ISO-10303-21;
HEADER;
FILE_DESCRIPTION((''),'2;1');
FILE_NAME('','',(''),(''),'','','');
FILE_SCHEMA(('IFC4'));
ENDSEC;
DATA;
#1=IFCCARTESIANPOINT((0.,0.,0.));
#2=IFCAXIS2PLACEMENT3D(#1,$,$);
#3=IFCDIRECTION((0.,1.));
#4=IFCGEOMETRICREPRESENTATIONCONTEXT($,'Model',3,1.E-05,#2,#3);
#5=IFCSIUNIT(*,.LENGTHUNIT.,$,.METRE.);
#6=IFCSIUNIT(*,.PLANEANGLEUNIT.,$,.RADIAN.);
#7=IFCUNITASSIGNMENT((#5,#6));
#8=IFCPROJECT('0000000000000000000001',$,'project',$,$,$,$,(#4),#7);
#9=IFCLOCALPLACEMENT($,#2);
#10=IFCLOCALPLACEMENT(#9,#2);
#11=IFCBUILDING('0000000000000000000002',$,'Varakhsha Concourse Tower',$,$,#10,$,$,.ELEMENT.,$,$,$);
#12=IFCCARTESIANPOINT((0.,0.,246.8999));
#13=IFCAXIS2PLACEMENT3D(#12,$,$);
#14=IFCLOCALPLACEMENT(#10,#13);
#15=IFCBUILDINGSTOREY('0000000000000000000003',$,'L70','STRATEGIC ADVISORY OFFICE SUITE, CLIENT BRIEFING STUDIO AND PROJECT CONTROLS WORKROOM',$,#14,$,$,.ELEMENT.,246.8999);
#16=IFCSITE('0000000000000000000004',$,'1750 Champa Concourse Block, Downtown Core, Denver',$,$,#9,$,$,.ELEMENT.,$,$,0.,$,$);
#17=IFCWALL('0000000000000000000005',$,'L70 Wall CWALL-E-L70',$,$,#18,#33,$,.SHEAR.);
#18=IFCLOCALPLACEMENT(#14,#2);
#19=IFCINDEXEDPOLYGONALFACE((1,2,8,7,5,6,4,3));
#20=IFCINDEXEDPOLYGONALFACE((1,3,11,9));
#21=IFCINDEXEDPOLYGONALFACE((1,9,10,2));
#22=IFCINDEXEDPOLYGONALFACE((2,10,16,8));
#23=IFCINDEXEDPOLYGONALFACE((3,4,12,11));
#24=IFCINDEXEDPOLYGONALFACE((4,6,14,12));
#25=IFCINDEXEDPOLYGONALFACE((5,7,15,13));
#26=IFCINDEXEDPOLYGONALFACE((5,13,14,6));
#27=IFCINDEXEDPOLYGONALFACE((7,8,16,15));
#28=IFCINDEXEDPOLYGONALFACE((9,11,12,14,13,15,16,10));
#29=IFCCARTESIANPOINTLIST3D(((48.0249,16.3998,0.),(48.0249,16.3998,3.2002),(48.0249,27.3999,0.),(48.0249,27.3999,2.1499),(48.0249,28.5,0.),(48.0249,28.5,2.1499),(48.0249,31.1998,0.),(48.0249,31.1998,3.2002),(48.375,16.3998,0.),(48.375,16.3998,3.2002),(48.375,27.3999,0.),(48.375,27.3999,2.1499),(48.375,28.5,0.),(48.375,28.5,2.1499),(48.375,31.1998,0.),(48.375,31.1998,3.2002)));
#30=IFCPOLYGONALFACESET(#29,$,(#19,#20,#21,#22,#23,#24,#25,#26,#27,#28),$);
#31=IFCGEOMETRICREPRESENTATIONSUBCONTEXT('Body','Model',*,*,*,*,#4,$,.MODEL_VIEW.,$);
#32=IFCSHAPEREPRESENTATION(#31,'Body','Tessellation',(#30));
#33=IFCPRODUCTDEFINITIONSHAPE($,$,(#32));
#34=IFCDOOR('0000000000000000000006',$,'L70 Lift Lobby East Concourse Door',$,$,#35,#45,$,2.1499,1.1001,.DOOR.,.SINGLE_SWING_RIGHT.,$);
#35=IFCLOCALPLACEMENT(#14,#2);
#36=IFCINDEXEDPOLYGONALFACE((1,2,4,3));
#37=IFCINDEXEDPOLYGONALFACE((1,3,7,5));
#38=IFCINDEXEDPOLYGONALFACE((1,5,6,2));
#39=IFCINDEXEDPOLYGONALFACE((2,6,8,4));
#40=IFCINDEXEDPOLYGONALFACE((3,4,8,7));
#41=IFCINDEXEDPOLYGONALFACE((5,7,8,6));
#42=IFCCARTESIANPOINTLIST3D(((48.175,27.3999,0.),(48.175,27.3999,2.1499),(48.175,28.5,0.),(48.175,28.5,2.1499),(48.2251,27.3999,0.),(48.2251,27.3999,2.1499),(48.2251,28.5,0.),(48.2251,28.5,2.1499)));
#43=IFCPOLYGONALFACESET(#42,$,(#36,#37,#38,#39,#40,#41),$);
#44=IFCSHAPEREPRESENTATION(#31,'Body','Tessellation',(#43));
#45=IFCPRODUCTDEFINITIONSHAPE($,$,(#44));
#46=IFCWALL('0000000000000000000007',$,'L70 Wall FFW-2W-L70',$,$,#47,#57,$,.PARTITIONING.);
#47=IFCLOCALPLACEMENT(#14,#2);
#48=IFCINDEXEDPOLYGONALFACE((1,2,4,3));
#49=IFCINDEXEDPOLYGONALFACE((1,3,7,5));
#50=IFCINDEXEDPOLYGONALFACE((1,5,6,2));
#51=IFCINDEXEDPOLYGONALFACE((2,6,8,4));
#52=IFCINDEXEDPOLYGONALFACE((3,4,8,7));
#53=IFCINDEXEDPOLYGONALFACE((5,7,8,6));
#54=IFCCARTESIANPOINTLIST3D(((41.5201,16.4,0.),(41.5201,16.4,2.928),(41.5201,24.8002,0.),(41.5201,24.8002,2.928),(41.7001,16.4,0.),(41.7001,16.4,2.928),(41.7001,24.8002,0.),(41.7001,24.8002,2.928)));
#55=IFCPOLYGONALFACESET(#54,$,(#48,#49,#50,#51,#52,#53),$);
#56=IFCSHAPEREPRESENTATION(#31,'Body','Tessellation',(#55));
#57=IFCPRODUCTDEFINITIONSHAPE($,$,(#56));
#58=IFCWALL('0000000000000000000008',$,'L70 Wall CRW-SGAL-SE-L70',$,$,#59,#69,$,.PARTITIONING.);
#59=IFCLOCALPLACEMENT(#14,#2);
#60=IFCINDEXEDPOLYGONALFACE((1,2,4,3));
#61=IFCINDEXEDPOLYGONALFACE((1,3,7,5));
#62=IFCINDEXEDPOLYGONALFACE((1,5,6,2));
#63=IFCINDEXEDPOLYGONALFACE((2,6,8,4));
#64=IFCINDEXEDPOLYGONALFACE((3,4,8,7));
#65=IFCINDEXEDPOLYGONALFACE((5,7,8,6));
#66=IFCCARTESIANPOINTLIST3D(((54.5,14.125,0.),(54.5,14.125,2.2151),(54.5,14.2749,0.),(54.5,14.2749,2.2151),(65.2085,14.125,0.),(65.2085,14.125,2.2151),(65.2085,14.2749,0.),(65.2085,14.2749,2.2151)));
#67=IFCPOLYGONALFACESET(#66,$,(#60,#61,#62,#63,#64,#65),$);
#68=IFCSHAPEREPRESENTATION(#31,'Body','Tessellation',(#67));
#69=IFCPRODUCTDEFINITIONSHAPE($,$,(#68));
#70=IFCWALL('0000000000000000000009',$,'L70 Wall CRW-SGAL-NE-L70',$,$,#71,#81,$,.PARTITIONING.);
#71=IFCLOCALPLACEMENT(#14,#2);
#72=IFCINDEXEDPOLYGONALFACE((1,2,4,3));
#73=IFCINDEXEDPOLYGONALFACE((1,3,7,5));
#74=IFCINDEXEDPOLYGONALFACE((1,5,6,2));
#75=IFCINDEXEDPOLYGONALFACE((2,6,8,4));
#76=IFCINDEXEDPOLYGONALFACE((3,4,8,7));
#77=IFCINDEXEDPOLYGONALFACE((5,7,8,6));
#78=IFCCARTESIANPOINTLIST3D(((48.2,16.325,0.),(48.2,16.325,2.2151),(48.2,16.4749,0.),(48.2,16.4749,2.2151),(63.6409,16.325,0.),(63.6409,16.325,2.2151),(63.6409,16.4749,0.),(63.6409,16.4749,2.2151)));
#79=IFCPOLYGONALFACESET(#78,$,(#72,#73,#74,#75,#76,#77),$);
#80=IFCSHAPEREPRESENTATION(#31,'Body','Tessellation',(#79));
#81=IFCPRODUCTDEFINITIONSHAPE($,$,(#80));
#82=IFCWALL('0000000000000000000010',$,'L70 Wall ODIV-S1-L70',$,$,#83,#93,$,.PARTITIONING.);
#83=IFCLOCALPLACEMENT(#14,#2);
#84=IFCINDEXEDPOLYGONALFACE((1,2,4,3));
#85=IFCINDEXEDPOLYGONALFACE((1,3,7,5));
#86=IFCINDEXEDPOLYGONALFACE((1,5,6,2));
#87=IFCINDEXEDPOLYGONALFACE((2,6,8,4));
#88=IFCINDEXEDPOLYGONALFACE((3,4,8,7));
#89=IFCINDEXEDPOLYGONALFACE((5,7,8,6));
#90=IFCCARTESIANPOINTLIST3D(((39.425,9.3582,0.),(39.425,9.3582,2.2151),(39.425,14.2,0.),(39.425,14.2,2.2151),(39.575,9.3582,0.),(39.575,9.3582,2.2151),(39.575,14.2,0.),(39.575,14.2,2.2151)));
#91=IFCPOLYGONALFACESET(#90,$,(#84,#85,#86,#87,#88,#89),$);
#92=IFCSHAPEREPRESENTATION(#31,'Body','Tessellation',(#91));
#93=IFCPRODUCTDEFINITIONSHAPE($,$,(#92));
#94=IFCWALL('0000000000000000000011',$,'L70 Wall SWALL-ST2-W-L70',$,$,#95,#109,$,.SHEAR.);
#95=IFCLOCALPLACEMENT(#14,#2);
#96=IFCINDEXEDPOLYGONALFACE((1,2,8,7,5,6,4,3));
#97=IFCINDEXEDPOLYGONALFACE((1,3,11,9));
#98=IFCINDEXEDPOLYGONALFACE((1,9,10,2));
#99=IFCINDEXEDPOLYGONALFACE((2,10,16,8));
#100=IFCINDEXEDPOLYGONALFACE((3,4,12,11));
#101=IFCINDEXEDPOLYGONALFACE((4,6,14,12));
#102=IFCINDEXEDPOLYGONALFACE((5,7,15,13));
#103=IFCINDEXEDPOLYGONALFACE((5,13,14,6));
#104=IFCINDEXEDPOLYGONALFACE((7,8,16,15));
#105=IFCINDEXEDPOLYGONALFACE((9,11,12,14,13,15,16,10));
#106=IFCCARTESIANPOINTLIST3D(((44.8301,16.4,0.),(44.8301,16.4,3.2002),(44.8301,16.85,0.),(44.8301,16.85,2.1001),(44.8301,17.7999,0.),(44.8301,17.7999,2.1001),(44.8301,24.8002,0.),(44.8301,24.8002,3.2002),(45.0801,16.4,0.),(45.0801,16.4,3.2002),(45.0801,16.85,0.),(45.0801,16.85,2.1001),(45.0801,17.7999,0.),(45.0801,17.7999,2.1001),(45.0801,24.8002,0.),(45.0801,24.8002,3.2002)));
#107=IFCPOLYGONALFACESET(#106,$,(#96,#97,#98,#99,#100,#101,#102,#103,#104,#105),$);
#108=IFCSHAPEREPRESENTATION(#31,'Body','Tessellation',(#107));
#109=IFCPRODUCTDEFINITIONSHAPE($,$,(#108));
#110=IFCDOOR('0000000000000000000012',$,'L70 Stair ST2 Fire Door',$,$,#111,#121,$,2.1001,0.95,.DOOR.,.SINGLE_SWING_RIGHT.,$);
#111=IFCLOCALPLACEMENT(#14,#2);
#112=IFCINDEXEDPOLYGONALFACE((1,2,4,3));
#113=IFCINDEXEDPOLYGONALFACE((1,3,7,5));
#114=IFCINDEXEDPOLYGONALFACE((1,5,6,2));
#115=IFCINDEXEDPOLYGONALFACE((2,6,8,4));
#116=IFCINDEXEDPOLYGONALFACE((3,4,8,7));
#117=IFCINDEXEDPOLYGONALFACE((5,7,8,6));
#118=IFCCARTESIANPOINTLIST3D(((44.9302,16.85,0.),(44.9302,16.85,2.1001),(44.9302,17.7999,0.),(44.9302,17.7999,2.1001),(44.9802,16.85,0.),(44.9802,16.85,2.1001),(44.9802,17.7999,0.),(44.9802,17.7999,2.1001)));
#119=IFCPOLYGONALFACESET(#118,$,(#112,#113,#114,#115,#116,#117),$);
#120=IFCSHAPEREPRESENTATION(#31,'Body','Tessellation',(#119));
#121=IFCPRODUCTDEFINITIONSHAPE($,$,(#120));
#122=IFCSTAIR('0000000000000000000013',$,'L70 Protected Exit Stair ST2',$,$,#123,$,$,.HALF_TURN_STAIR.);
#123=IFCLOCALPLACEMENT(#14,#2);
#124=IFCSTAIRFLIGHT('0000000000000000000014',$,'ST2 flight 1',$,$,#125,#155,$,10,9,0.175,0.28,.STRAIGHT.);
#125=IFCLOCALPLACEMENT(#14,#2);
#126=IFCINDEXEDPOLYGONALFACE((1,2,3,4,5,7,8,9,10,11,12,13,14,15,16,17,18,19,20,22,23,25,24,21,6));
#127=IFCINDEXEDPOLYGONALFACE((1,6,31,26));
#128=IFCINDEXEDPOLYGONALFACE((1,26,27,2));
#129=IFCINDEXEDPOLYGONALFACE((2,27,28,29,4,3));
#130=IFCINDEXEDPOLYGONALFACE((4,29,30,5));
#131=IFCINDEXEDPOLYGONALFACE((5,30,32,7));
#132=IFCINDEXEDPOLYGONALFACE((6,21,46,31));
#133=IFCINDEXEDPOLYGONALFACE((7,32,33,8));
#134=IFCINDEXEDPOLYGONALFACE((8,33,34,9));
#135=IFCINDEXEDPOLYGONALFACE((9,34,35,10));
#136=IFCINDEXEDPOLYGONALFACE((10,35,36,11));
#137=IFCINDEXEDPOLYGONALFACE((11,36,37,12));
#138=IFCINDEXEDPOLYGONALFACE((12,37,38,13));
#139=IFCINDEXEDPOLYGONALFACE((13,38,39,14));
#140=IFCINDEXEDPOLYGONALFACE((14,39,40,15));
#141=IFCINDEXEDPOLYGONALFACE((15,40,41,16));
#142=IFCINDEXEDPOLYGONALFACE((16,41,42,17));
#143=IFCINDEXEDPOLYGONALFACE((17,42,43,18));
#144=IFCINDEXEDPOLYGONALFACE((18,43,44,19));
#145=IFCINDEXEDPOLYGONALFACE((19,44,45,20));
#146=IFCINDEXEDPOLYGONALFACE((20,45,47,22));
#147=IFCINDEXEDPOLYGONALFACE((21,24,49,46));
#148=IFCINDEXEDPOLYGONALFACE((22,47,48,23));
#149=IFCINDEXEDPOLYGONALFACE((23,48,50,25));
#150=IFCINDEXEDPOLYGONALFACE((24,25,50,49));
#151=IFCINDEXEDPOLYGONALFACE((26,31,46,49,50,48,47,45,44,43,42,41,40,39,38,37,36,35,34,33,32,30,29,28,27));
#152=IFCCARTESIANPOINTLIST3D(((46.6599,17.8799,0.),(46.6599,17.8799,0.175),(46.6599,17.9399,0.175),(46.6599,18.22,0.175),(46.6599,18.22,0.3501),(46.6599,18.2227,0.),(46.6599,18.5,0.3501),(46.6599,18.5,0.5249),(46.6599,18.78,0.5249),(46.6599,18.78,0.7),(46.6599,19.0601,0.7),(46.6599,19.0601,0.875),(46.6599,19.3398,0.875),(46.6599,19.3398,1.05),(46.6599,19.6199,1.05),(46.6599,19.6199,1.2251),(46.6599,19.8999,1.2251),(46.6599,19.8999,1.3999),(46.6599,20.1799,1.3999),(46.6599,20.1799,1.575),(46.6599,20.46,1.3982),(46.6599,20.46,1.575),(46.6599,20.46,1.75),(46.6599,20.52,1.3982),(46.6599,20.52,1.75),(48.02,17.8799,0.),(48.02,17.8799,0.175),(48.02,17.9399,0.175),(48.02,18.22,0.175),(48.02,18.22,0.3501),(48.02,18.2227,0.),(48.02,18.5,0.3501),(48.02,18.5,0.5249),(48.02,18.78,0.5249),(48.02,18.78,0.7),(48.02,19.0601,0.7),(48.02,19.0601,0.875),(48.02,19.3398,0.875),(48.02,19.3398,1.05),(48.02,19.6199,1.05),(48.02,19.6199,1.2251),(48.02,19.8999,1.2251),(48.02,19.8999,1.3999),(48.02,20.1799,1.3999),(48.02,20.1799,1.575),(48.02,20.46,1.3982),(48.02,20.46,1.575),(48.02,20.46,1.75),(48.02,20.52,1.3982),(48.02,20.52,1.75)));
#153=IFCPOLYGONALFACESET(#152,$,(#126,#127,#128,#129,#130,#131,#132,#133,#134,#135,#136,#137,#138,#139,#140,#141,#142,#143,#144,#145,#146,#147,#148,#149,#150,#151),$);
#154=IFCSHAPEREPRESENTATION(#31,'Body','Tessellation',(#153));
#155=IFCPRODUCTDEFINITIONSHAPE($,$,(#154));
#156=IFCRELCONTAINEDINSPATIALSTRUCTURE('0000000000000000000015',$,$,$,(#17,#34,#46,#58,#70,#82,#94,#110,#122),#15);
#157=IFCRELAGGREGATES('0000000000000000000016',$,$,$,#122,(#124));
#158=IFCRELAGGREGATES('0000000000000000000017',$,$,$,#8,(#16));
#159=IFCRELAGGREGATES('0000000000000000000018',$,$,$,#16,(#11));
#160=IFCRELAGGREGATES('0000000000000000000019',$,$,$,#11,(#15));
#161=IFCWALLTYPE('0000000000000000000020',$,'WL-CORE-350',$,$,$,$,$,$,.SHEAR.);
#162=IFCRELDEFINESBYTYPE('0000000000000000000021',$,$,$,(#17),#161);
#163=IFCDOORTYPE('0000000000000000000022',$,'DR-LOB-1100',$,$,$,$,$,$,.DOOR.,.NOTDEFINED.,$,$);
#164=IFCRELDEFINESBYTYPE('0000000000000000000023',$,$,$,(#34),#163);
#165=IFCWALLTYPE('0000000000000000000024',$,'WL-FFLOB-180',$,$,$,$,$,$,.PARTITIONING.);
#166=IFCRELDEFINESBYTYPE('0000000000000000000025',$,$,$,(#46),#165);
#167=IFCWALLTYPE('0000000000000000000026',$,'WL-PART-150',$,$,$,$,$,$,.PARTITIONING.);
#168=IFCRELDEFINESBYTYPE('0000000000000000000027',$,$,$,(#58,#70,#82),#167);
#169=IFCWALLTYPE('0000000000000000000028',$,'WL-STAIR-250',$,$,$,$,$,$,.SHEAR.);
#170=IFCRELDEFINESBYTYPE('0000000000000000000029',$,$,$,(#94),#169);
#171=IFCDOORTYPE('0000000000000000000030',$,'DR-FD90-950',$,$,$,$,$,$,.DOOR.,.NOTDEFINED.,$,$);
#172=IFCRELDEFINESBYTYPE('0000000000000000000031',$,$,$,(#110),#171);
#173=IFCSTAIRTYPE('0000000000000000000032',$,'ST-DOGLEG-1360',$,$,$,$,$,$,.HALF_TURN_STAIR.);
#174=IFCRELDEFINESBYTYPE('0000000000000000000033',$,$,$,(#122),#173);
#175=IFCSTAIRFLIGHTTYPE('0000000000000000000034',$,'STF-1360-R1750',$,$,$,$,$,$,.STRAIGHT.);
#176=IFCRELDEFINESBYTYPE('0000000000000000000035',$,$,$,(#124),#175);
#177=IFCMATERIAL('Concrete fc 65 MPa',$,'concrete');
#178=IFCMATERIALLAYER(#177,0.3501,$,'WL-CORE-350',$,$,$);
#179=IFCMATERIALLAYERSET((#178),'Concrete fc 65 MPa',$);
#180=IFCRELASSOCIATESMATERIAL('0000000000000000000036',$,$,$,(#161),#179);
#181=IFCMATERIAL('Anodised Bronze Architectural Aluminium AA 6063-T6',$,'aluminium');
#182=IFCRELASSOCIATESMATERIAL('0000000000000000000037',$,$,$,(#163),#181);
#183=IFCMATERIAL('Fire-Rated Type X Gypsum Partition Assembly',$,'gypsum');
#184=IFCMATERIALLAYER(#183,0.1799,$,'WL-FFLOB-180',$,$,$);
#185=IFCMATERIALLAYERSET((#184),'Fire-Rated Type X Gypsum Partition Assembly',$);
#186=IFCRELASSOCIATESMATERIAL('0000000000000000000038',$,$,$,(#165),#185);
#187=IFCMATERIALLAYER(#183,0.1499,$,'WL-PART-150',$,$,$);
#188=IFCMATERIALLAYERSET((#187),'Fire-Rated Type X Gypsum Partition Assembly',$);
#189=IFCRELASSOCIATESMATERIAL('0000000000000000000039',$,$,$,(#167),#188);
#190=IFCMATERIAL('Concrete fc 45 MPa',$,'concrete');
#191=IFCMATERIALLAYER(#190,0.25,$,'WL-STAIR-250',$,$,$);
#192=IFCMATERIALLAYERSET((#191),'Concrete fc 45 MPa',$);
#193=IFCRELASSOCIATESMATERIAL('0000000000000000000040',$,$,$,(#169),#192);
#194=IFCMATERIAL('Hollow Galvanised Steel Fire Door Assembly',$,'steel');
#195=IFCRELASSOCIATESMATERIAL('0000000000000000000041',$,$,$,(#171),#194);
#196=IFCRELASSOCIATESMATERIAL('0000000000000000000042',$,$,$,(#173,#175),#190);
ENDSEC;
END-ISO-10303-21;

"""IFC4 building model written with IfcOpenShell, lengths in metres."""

from ifc_helpers import new_model, si_unit, direction, frame, frame_2d, origin, place, context, subcontext, project, spatial, polyline, rectangle, outline, extrude, material, layer, layer_set, type_object, element, fill, aggregate, save


model = new_model("IFC4")

# Units and contexts
model_context = context("Model", 3, precision=1e-05, world=origin(), true_north=direction((0.0, 1.0)))
body_context = subcontext(model_context, "Body", "Model", "MODEL_VIEW")
ifc_project = project(units=[si_unit("LENGTHUNIT", "METRE"), si_unit("PLANEANGLEUNIT", "RADIAN")], contexts=[model_context])

# Site, building, storey
site_placement = place(None, origin())
site = spatial("IfcSite", under=ifc_project, at=site_placement, Name="1750 Champa Concourse Block, Downtown Core, Denver", CompositionType="ELEMENT", RefElevation=0.0)
building_placement = place(site_placement, origin())
building = spatial("IfcBuilding", under=site, at=building_placement, Name="Varakhsha Concourse Tower", CompositionType="ELEMENT")
storey_placement = place(building_placement, frame((0.0, 0.0, 246.8999)))
storey = spatial("IfcBuildingStorey", under=building, at=storey_placement, Name="L70", Description="STRATEGIC ADVISORY OFFICE SUITE, CLIENT BRIEFING STUDIO AND PROJECT CONTROLS WORKROOM", CompositionType="ELEMENT", Elevation=246.8999)

# Shared definitions
ifc_material_1 = material(Name="Concrete fc 65 MPa", Category="concrete")

# Shared definitions
ifc_material_2 = material(Name="Anodised Bronze Architectural Aluminium AA 6063-T6", Category="aluminium")

# Wall, opening, door
ifc_layer_1 = layer(ifc_material_1, 0.3501, Name="WL-CORE-350")
ifc_layer_set_1 = layer_set([ifc_layer_1], Name="Concrete fc 65 MPa")
wall_type_1 = type_object("IfcWallType", Name="WL-CORE-350", PredefinedType="SHEAR", material=ifc_layer_set_1)
wall_1_placement = place(storey_placement, frame((48.2, 16.3999, 0.0), z_axis=(0.0, 0.0, 1.0), x_axis=(0.0, 1.0, 0.0)))
wall_1 = element("IfcWall", 1, at=wall_1_placement, inside=storey, type_object=wall_type_1, Name="L70 Wall CWALL-E-L70", PredefinedType="SHEAR", context=body_context, shape_type="SweptSolid", body=[
    extrude(rectangle(XDim=14.8, YDim=0.3501, at=frame_2d((7.3999, 0.0))), origin(), (0.0, 0.0, 1.0), 3.2002),
])
opening_1_placement = place(wall_1_placement, frame((11.0, 0.0, 0.0)))
opening_1 = element("IfcOpeningElement", 2, at=opening_1_placement, cuts=wall_1, PredefinedType="OPENING", context=body_context, shape_type="SweptSolid", body=[
    extrude(rectangle(XDim=1.1001, YDim=2.1499, at=frame_2d((0.55, 1.075))), frame((0.0, 0.1851, 0.0), z_axis=(0.0, -1.0, 0.0), x_axis=(1.0, 0.0, 0.0)), (0.0, 0.0, 1.0), 0.3701),
])
door_type_1 = type_object("IfcDoorType", Name="DR-LOB-1100", OperationType="NOTDEFINED", PredefinedType="DOOR", material=ifc_material_2)
door_1_placement = place(opening_1_placement, origin())
door_1 = element("IfcDoor", 3, at=door_1_placement, inside=storey, type_object=door_type_1, Name="L70 Lift Lobby East Concourse Door", OperationType="SINGLE_SWING_RIGHT", OverallHeight=2.1499, OverallWidth=1.1001, PredefinedType="DOOR", context=body_context, shape_type="SweptSolid", body=[
    extrude(rectangle(XDim=1.1001, YDim=2.1499, at=frame_2d((0.55, 1.075))), frame((0.0, 0.0249, 0.0), z_axis=(0.0, -1.0, 0.0), x_axis=(1.0, 0.0, 0.0)), (0.0, 0.0, 1.0), 0.05),
])
fill(opening_1, door_1)

# Walls
ifc_material_3 = material(Name="Fire-Rated Type X Gypsum Partition Assembly", Category="gypsum")
ifc_layer_2 = layer(ifc_material_3, 0.1799, Name="WL-FFLOB-180")
ifc_layer_set_2 = layer_set([ifc_layer_2], Name="Fire-Rated Type X Gypsum Partition Assembly")
wall_type_2 = type_object("IfcWallType", Name="WL-FFLOB-180", PredefinedType="PARTITIONING", material=ifc_layer_set_2)
wall_2_placement = place(storey_placement, frame((41.6101, 16.3999, 0.0), z_axis=(0.0, 0.0, 1.0), x_axis=(0.0, 1.0, 0.0)))
element("IfcWall", 4, at=wall_2_placement, inside=storey, type_object=wall_type_2, Name="L70 Wall FFW-2W-L70", PredefinedType="PARTITIONING", context=body_context, shape_type="SweptSolid", body=[
    extrude(rectangle(XDim=8.4001, YDim=0.1799, at=frame_2d((4.2002, 0.0))), origin(), (0.0, 0.0, 1.0), 2.928),
])
ifc_layer_3 = layer(ifc_material_3, 0.1499, Name="WL-PART-150")
ifc_layer_set_3 = layer_set([ifc_layer_3], Name="Fire-Rated Type X Gypsum Partition Assembly")
wall_type_3 = type_object("IfcWallType", Name="WL-PART-150", PredefinedType="PARTITIONING", material=ifc_layer_set_3)
wall_3_placement = place(storey_placement, frame((54.5, 14.2, 0.0), z_axis=(0.0, 0.0, 1.0), x_axis=(1.0, 0.0, 0.0)))
element("IfcWall", 5, at=wall_3_placement, inside=storey, type_object=wall_type_3, Name="L70 Wall CRW-SGAL-SE-L70", PredefinedType="PARTITIONING", context=body_context, shape_type="SweptSolid", body=[
    extrude(rectangle(XDim=10.7085, YDim=0.1499, at=frame_2d((5.3542, 0.0))), origin(), (0.0, 0.0, 1.0), 2.2151),
])
wall_4_placement = place(storey_placement, frame((48.2, 16.3999, 0.0), z_axis=(0.0, 0.0, 1.0), x_axis=(1.0, 0.0, 0.0)))
element("IfcWall", 6, at=wall_4_placement, inside=storey, type_object=wall_type_3, Name="L70 Wall CRW-SGAL-NE-L70", PredefinedType="PARTITIONING", context=body_context, shape_type="SweptSolid", body=[
    extrude(rectangle(XDim=15.4409, YDim=0.1499, at=frame_2d((7.7205, 0.0))), origin(), (0.0, 0.0, 1.0), 2.2151),
])
wall_5_placement = place(storey_placement, frame((39.5, 9.3582, 0.0), z_axis=(0.0, 0.0, 1.0), x_axis=(0.0, 1.0, 0.0)))
element("IfcWall", 7, at=wall_5_placement, inside=storey, type_object=wall_type_3, Name="L70 Wall ODIV-S1-L70", PredefinedType="PARTITIONING", context=body_context, shape_type="SweptSolid", body=[
    extrude(rectangle(XDim=4.8418, YDim=0.1499, at=frame_2d((2.4209, 0.0))), origin(), (0.0, 0.0, 1.0), 2.2151),
])

# Wall, opening, door
ifc_material_4 = material(Name="Concrete fc 45 MPa", Category="concrete")
ifc_layer_4 = layer(ifc_material_4, 0.25, Name="WL-STAIR-250")
ifc_layer_set_4 = layer_set([ifc_layer_4], Name="Concrete fc 45 MPa")
wall_type_4 = type_object("IfcWallType", Name="WL-STAIR-250", PredefinedType="SHEAR", material=ifc_layer_set_4)
wall_6_placement = place(storey_placement, frame((44.9551, 16.3999, 0.0), z_axis=(0.0, 0.0, 1.0), x_axis=(0.0, 1.0, 0.0)))
wall_6 = element("IfcWall", 8, at=wall_6_placement, inside=storey, type_object=wall_type_4, Name="L70 Wall SWALL-ST2-W-L70", PredefinedType="SHEAR", context=body_context, shape_type="SweptSolid", body=[
    extrude(rectangle(XDim=8.4001, YDim=0.25, at=frame_2d((4.2002, 0.0))), origin(), (0.0, 0.0, 1.0), 3.2002),
])
opening_2_placement = place(wall_6_placement, frame((0.45, 0.0, 0.0)))
opening_2 = element("IfcOpeningElement", 9, at=opening_2_placement, cuts=wall_6, PredefinedType="OPENING", context=body_context, shape_type="SweptSolid", body=[
    extrude(rectangle(XDim=0.95, YDim=2.1001, at=frame_2d((0.4751, 1.05))), frame((0.0, 0.135, 0.0), z_axis=(0.0, -1.0, 0.0), x_axis=(1.0, 0.0, 0.0)), (0.0, 0.0, 1.0), 0.27),
])
ifc_material_5 = material(Name="Hollow Galvanised Steel Fire Door Assembly", Category="steel")
door_type_2 = type_object("IfcDoorType", Name="DR-FD90-950", OperationType="NOTDEFINED", PredefinedType="DOOR", material=ifc_material_5)
door_2_placement = place(opening_2_placement, origin())
door_2 = element("IfcDoor", 10, at=door_2_placement, inside=storey, type_object=door_type_2, Name="L70 Stair ST2 Fire Door", OperationType="SINGLE_SWING_RIGHT", OverallHeight=2.1001, OverallWidth=0.95, PredefinedType="DOOR", context=body_context, shape_type="SweptSolid", body=[
    extrude(rectangle(XDim=0.95, YDim=2.1001, at=frame_2d((0.4751, 1.05))), frame((0.0, 0.0249, 0.0), z_axis=(0.0, -1.0, 0.0), x_axis=(1.0, 0.0, 0.0)), (0.0, 0.0, 1.0), 0.05),
])
fill(opening_2, door_2)

# Stair, stair flight
stair_type = type_object("IfcStairType", Name="ST-DOGLEG-1360", PredefinedType="HALF_TURN_STAIR", material=ifc_material_4)
stair_placement = place(storey_placement, origin())
stair = element("IfcStair", 11, at=stair_placement, inside=storey, type_object=stair_type, Name="L70 Protected Exit Stair ST2", PredefinedType="HALF_TURN_STAIR")
stair_flight_type = type_object("IfcStairFlightType", Name="STF-1360-R1750", PredefinedType="STRAIGHT", material=ifc_material_4)
stair_flight_1_placement = place(storey_placement, frame((47.3401, 17.9399, 0.0), z_axis=(0.0, 0.0, 1.0), x_axis=(0.0, 1.0, 0.0)))
stair_flight_1 = element("IfcStairFlight", 12, at=stair_flight_1_placement, type_object=stair_flight_type, Name="ST2 flight 1", NumberOfRisers=10, NumberOfTreads=9, PredefinedType="STRAIGHT", RiserHeight=0.175, TreadLength=0.28, context=body_context, shape_type="SweptSolid", body=[
    extrude(outline(polyline([(-0.0601, 0.0), (-0.0601, 0.175), (0.0, 0.175), (0.28, 0.175), (0.28, 0.3501), (0.5601, 0.3501), (0.5601, 0.5249), (0.8401, 0.5249), (0.8401, 0.7), (1.1201, 0.7), (1.1201, 0.875), (1.3999, 0.875), (1.3999, 1.05), (1.6799, 1.05), (1.6799, 1.2251), (1.96, 1.2251), (1.96, 1.3999), (2.24, 1.3999), (2.24, 1.575), (2.52, 1.575), (2.52, 1.75), (2.5801, 1.75), (2.5801, 1.3982), (2.52, 1.3982), (0.2827, 0.0), (-0.0601, 0.0)])), frame((0.0, 0.6802, 0.0), z_axis=(0.0, -1.0, 0.0), x_axis=(1.0, 0.0, 0.0)), (0.0, 0.0, 1.0), 1.3601),
])
aggregate(stair, [stair_flight_1])

save(model, "model.ifc")
